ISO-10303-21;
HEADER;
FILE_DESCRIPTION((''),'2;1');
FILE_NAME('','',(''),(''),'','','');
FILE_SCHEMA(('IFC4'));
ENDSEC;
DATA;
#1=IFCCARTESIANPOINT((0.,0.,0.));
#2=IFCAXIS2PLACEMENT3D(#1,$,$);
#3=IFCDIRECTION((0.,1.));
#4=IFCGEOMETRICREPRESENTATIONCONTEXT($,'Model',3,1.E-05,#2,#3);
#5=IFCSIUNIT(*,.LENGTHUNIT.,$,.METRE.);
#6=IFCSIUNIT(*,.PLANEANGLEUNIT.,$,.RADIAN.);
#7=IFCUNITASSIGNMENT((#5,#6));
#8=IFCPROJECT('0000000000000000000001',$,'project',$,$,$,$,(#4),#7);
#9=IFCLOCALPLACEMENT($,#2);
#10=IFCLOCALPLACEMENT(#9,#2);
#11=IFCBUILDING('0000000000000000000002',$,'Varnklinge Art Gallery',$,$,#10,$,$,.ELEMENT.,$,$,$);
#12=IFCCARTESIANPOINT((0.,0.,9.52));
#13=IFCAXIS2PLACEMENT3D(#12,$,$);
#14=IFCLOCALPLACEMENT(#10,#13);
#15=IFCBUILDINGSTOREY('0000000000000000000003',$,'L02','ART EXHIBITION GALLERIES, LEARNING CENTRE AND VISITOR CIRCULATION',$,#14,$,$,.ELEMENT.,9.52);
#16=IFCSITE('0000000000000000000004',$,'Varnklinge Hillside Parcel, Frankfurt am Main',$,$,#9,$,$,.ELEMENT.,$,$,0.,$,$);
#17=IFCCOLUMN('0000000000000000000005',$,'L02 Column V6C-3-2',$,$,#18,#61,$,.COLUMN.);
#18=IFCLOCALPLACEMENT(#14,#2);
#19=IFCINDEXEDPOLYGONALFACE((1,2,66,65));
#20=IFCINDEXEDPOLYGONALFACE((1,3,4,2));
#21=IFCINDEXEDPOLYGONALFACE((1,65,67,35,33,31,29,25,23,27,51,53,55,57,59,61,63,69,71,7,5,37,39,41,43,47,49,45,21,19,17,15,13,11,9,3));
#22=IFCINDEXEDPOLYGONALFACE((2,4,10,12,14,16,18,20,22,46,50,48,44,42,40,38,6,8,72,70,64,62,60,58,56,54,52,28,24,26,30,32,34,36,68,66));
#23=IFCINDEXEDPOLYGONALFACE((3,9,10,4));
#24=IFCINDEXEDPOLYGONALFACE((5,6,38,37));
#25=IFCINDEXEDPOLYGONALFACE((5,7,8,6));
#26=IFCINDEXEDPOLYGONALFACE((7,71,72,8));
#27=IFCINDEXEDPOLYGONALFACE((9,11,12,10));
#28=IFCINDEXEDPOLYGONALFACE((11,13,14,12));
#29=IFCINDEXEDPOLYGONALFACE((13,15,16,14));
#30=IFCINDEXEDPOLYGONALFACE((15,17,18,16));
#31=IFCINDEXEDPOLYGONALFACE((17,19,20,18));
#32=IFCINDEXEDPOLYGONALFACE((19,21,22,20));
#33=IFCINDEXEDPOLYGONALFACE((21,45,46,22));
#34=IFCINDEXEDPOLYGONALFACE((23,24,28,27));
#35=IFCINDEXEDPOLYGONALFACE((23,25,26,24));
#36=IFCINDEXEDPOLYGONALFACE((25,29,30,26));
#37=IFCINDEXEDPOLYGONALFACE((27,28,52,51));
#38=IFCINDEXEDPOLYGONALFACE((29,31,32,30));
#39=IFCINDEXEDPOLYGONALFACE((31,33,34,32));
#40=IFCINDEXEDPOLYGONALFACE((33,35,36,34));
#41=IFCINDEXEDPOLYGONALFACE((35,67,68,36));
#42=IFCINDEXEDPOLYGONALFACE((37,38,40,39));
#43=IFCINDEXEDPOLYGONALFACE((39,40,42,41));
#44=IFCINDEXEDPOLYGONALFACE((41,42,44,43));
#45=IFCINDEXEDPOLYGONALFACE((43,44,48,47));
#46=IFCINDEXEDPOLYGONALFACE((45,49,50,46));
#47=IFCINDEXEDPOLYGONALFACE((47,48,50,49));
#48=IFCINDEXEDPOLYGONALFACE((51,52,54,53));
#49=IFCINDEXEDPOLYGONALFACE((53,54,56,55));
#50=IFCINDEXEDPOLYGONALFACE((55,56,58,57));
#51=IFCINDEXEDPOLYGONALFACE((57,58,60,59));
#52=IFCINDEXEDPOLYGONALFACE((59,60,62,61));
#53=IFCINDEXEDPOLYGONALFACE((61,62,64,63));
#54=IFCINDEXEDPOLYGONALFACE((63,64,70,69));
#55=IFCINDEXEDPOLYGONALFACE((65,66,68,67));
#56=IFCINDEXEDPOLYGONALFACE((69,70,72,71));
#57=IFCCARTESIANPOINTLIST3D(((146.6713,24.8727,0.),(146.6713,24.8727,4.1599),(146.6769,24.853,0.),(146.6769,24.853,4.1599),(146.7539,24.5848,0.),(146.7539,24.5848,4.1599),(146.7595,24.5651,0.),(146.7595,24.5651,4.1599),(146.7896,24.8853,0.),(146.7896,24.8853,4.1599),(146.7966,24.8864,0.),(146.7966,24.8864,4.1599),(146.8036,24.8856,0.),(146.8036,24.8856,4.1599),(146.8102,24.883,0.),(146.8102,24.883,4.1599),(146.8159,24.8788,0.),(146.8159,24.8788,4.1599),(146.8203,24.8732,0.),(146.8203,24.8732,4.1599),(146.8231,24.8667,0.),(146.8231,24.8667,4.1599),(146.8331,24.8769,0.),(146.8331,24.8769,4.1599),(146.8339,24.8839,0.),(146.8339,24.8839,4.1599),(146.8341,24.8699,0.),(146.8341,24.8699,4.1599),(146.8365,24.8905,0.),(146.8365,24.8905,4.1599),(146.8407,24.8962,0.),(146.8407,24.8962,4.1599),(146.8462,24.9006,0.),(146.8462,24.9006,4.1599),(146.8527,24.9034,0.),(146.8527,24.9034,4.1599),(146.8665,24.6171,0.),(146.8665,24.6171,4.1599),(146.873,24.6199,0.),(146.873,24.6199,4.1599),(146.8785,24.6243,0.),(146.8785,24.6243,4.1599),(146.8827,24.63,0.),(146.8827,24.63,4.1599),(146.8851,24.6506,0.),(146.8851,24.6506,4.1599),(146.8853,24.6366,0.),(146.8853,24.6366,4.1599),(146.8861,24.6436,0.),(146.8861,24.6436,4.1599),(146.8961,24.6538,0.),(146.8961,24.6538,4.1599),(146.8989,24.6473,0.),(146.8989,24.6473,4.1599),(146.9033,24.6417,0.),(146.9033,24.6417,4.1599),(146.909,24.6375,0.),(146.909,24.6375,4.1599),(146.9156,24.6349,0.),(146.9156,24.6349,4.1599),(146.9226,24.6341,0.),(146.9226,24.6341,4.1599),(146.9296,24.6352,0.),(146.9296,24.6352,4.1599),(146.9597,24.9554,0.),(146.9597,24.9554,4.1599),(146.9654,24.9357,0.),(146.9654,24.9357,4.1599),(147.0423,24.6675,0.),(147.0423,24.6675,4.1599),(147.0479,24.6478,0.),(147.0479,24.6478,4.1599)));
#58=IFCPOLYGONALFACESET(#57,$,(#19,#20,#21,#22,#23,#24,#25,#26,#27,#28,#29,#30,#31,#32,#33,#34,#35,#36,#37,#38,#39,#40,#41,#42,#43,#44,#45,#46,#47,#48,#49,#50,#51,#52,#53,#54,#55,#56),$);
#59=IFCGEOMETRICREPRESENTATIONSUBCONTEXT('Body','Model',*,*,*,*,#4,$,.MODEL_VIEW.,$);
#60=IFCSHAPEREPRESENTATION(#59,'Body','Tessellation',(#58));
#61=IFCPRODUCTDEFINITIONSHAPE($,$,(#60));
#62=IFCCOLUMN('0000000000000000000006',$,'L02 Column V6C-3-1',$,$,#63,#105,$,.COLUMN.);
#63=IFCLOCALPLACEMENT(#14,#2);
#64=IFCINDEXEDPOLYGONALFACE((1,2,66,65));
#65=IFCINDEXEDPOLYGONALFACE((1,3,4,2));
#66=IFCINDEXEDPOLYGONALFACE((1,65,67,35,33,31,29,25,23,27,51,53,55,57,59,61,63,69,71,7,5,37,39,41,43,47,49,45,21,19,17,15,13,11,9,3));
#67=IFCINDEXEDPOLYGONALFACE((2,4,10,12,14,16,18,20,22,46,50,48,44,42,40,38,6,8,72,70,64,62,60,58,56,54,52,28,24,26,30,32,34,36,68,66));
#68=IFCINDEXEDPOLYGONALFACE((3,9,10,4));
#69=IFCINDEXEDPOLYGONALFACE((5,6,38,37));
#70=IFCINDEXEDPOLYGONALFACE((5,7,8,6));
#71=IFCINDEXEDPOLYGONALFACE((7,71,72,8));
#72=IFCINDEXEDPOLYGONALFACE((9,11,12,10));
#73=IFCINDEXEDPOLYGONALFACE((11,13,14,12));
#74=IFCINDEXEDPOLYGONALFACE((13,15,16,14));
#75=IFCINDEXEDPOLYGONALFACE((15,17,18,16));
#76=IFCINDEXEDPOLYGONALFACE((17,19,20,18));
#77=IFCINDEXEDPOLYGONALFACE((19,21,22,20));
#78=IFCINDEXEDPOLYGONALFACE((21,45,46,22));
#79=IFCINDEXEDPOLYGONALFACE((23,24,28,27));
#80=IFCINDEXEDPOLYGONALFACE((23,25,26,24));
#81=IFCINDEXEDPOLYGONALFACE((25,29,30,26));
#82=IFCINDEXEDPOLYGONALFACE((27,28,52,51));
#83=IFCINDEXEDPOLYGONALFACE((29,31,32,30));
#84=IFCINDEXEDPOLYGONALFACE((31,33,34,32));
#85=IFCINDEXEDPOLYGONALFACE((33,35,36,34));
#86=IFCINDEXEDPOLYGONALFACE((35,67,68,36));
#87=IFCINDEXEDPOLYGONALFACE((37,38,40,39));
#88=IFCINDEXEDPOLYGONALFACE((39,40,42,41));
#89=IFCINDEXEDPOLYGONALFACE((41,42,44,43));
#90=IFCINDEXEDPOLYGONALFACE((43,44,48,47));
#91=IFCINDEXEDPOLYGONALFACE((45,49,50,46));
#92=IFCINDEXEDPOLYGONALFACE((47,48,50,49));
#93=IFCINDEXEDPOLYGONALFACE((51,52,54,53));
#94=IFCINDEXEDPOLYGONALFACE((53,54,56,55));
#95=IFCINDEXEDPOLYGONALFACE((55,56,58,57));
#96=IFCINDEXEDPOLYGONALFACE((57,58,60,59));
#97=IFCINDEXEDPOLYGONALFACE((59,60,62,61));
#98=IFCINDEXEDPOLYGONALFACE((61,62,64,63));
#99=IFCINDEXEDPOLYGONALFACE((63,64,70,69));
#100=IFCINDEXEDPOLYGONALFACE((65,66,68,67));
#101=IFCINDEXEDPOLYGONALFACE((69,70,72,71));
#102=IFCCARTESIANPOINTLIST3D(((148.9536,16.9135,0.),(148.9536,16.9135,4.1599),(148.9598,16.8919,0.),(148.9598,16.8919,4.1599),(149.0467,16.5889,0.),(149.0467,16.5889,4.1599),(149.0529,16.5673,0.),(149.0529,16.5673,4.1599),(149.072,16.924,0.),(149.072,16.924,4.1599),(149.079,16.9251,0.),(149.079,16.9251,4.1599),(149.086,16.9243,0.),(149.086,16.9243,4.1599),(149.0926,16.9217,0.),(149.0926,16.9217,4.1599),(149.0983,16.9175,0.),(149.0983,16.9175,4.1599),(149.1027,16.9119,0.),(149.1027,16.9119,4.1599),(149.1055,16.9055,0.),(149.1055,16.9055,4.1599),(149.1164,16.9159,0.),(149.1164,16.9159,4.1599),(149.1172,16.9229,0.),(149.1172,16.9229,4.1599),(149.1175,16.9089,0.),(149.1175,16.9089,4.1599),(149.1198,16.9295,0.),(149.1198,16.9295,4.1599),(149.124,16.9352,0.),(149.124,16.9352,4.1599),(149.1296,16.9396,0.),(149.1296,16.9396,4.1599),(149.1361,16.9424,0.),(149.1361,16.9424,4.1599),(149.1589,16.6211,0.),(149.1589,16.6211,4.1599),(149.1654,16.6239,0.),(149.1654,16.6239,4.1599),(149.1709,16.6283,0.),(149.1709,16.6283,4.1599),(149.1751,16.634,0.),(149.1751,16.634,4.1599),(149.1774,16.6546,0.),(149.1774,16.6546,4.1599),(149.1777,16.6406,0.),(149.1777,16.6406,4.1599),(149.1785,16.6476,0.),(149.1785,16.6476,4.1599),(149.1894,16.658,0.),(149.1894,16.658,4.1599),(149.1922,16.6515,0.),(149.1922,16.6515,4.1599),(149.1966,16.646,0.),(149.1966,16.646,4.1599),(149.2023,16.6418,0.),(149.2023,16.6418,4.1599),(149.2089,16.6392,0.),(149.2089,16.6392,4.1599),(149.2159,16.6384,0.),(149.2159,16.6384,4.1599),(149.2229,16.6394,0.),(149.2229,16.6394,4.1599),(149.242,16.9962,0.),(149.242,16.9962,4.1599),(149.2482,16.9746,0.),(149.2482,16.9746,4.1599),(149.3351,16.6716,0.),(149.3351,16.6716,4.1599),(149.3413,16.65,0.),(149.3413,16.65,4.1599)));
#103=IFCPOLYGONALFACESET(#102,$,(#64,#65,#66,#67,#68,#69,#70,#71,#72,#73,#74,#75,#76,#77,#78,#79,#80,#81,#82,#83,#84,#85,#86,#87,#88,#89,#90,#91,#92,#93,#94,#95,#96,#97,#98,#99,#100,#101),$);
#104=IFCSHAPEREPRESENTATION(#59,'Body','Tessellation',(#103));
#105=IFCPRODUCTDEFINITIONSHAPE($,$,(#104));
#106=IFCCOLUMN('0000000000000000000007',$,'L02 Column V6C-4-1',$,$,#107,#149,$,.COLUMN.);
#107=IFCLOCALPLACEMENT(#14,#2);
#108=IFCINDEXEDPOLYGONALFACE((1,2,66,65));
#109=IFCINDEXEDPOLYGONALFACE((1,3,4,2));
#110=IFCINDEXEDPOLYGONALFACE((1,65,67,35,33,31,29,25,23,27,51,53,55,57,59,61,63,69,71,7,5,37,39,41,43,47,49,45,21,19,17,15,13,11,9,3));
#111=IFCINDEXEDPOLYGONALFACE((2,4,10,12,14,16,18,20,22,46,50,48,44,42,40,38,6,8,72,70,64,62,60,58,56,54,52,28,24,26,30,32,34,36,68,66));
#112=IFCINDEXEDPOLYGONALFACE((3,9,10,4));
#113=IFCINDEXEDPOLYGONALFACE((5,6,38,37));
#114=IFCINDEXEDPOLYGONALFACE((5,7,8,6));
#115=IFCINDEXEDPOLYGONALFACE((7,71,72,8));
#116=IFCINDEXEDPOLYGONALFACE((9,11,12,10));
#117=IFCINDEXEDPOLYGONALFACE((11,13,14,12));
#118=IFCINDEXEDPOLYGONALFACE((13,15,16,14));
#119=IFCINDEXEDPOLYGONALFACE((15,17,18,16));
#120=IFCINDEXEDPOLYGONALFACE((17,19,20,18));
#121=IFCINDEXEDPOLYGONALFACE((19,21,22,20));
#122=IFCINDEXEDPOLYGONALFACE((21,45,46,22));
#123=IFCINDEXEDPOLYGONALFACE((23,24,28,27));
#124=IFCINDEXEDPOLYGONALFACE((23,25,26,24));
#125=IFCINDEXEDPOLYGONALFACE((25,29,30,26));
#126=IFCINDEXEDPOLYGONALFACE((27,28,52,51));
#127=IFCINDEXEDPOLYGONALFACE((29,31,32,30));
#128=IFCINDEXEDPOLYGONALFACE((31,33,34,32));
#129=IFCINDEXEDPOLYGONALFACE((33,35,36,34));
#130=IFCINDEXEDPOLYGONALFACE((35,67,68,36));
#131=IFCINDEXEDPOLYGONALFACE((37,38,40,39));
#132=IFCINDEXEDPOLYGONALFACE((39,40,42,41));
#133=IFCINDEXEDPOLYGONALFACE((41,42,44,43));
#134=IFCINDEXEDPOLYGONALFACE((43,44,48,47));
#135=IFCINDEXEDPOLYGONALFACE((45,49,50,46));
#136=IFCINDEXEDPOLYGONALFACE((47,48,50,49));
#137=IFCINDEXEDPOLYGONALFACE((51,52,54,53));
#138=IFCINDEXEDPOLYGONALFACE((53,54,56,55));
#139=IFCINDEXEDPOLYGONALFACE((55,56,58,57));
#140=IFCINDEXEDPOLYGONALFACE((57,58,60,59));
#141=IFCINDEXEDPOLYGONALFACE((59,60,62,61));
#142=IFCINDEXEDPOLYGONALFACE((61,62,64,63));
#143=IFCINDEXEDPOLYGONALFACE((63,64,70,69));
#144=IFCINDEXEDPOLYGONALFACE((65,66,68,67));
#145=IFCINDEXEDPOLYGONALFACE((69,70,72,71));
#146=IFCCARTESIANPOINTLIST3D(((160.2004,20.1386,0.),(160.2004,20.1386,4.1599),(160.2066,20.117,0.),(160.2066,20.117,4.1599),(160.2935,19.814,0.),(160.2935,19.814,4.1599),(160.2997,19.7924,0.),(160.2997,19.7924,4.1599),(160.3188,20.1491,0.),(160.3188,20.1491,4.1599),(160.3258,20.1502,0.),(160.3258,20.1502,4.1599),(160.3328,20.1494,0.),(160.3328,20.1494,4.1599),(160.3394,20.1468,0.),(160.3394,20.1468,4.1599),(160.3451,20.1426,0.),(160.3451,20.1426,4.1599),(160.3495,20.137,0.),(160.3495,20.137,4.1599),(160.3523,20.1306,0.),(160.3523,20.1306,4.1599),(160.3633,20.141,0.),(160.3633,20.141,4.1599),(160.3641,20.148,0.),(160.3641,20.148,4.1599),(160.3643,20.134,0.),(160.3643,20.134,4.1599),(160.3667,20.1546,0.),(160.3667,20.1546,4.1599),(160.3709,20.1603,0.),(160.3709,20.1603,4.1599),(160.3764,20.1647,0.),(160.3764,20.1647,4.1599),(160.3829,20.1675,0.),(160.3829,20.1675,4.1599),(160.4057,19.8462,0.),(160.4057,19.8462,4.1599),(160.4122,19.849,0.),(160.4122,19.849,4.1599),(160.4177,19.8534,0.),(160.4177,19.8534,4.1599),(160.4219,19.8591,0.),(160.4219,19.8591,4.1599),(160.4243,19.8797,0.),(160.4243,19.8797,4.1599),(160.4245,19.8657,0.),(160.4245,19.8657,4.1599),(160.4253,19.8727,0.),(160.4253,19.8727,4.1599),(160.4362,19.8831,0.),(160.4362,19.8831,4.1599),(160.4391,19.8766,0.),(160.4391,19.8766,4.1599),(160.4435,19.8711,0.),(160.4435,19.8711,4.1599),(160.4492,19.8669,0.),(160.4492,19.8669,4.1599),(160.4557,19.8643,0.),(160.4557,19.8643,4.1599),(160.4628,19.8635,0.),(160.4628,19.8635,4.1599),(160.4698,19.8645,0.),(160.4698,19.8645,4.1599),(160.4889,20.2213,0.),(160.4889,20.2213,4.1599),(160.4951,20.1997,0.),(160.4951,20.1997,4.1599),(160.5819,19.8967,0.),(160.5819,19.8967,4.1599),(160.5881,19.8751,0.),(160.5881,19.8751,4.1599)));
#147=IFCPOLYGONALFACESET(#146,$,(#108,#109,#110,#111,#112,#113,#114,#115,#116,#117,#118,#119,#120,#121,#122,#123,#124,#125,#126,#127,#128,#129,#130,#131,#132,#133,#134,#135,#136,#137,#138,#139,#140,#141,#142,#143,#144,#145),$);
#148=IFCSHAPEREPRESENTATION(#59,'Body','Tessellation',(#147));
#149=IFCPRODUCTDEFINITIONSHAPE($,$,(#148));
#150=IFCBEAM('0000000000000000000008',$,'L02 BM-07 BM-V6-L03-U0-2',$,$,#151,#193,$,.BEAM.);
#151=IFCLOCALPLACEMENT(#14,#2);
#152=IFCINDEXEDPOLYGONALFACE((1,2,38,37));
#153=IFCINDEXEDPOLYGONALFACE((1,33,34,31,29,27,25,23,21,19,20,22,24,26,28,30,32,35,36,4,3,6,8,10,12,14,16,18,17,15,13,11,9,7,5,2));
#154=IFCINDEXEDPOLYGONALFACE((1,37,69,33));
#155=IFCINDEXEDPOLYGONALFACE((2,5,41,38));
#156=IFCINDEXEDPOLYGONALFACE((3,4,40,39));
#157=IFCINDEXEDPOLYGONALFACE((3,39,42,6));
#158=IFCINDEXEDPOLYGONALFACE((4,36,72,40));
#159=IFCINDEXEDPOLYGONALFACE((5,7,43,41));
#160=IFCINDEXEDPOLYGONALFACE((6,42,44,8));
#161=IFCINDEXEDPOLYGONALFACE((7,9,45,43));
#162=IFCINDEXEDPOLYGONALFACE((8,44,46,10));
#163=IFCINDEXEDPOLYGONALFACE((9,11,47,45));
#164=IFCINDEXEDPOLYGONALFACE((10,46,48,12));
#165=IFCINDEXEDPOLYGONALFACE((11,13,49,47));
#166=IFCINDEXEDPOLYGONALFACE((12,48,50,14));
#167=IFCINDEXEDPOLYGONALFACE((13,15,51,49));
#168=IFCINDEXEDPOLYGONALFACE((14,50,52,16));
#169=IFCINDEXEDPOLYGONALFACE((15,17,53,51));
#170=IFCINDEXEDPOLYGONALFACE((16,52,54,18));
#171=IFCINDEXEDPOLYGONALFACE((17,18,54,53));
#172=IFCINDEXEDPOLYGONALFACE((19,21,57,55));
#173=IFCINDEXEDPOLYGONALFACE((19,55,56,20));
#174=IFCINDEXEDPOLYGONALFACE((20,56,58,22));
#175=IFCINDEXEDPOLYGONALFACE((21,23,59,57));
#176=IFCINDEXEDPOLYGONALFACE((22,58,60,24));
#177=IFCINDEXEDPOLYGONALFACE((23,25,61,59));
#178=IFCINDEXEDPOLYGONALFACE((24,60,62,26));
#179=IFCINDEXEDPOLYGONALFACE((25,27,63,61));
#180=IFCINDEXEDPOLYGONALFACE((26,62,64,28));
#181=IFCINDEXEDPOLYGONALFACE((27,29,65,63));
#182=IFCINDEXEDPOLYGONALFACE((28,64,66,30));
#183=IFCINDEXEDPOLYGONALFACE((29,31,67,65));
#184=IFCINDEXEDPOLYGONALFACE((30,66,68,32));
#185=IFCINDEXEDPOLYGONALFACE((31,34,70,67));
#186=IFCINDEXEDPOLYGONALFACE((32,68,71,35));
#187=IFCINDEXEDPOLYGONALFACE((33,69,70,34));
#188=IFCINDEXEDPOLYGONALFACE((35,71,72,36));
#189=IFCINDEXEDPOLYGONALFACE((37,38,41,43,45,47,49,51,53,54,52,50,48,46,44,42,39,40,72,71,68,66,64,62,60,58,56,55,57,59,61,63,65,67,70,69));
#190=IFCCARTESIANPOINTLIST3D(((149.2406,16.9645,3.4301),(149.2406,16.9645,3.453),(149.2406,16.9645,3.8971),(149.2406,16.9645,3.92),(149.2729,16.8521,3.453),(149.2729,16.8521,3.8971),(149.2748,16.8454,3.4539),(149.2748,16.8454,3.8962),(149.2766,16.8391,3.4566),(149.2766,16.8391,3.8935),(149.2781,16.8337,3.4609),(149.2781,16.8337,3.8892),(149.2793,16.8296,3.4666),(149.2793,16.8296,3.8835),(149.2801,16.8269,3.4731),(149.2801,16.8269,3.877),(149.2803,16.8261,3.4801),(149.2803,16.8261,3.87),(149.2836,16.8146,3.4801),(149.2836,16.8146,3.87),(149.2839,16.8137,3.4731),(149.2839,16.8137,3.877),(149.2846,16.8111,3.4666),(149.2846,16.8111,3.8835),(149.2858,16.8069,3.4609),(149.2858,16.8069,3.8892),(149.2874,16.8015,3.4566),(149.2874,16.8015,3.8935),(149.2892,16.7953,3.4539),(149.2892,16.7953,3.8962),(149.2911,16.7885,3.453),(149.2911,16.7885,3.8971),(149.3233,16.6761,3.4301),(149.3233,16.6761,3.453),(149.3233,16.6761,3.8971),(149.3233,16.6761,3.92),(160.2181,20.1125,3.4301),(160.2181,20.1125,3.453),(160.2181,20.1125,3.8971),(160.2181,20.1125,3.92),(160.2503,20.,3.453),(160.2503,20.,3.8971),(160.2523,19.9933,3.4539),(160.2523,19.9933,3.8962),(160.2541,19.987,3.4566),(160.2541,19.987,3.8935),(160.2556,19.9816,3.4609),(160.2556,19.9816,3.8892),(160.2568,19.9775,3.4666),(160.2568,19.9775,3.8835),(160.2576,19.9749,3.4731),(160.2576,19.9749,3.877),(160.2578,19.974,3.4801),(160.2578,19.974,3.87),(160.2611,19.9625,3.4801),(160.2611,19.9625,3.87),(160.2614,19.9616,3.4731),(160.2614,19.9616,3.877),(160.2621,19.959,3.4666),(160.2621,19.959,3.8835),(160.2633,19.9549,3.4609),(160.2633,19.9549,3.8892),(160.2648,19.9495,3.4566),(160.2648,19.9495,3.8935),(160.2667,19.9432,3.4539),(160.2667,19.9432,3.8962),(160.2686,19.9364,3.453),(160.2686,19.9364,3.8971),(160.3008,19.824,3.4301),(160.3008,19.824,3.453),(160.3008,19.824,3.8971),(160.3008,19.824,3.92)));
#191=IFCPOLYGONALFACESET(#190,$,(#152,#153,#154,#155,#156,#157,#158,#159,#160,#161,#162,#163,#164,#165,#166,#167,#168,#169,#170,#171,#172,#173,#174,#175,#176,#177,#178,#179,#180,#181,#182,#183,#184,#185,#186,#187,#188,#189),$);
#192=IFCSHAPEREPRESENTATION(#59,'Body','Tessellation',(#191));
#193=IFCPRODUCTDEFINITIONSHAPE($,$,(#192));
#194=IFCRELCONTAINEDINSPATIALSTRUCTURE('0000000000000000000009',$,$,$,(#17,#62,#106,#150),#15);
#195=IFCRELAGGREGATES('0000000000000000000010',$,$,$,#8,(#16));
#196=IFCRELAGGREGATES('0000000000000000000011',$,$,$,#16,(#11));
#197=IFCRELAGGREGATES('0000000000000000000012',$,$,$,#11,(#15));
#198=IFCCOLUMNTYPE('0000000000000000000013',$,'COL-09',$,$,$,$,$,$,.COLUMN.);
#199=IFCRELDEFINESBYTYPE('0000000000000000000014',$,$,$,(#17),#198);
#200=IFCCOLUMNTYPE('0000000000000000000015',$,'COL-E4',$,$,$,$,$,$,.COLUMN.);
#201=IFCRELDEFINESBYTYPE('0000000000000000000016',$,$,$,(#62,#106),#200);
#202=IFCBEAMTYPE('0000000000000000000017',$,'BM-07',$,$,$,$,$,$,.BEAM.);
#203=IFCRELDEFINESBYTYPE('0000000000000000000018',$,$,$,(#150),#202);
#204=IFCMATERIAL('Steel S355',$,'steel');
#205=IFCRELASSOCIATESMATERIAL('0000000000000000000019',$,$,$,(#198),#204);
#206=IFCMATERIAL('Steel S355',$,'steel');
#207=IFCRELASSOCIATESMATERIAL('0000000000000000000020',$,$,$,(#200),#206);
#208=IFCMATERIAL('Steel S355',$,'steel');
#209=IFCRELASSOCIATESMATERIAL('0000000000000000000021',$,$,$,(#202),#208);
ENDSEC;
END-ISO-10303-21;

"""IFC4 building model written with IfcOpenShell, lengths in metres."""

from ifc_helpers import new_model, si_unit, direction, frame, origin, origin_2d, place, context, subcontext, project, spatial, i_section, extrude, material, material_profile, profile_set, type_object, element, save


model = new_model("IFC4")

# Units and contexts
model_context = context("Model", 3, precision=1e-05, world=origin(), true_north=direction((0.0, 1.0)))
body_context = subcontext(model_context, "Body", "Model", "MODEL_VIEW")
ifc_project = project(units=[si_unit("LENGTHUNIT", "METRE"), si_unit("PLANEANGLEUNIT", "RADIAN")], contexts=[model_context])

# Site, building, storey
site_placement = place(None, origin())
site = spatial("IfcSite", under=ifc_project, at=site_placement, Name="Varnklinge Hillside Parcel, Frankfurt am Main", CompositionType="ELEMENT", RefElevation=0.0)
building_placement = place(site_placement, origin())
building = spatial("IfcBuilding", under=site, at=building_placement, Name="Varnklinge Art Gallery", CompositionType="ELEMENT")
storey_placement = place(building_placement, frame((0.0, 0.0, 9.52)))
storey = spatial("IfcBuildingStorey", under=building, at=storey_placement, Name="L02", Description="ART EXHIBITION GALLERIES, LEARNING CENTRE AND VISITOR CIRCULATION", CompositionType="ELEMENT", Elevation=9.52)

# Columns
ifc_material_1 = material(Name="Steel S355", Category="steel")
ifc_material_profile_1 = material_profile(ifc_material_1, i_section(OverallWidth=0.3, OverallDepth=0.3201, WebThickness=0.0115, FlangeThickness=0.0205, FilletRadius=0.0271, at=origin_2d()), Name="HEB 320")
ifc_profile_set_1 = profile_set([ifc_material_profile_1], Name="Steel S355")
column_type_1 = type_object("IfcColumnType", Name="COL-09", PredefinedType="COLUMN", material=ifc_profile_set_1)
column_placement = place(storey_placement, frame((146.8596, 24.7603, 0.0), z_axis=(0.0, 0.0, 1.0), x_axis=(0.961262, 0.275637, 0.0)))
element("IfcColumn", 1, at=column_placement, inside=storey, type_object=column_type_1, Name="L02 Column V6C-3-2", PredefinedType="COLUMN", context=body_context, shape_type="SweptSolid", body=[
    extrude(i_section(OverallWidth=0.3, OverallDepth=0.3201, WebThickness=0.0115, FlangeThickness=0.0205, FilletRadius=0.0271, at=origin_2d()), origin(), (0.0, 0.0, 1.0), 4.1599),
])
ifc_material_2 = material(Name="Steel S355", Category="steel")
ifc_material_profile_2 = material_profile(ifc_material_2, i_section(OverallWidth=0.3, OverallDepth=0.3601, WebThickness=0.0125, FlangeThickness=0.0225, FilletRadius=0.0271, at=origin_2d()), Name="HEB 360")
ifc_profile_set_2 = profile_set([ifc_material_profile_2], Name="Steel S355")
column_type_2 = type_object("IfcColumnType", Name="COL-E4", PredefinedType="COLUMN", material=ifc_profile_set_2)
for number, where, z_axis, x_axis, name in (
    (2, (149.1475, 16.7817, 0.0), (0.0, 0.0, 1.0), (0.961262, 0.275637, 0.0), "L02 Column V6C-3-1"),
    (3, (160.3943, 20.0068, 0.0), (0.0, 0.0, 1.0), (0.961262, 0.275637, 0.0), "L02 Column V6C-4-1"),
):
    element("IfcColumn", number, at=place(storey_placement, frame(where, z_axis=z_axis, x_axis=x_axis)), inside=storey, type_object=column_type_2, Name=name, PredefinedType="COLUMN", context=body_context, shape_type="SweptSolid", body=[
        extrude(i_section(OverallWidth=0.3, OverallDepth=0.3601, WebThickness=0.0125, FlangeThickness=0.0225, FilletRadius=0.0271, at=origin_2d()), origin(), (0.0, 0.0, 1.0), 4.1599),
    ])

# Beam
ifc_material_3 = material(Name="Steel S355", Category="steel")
ifc_material_profile_3 = material_profile(ifc_material_3, i_section(OverallWidth=0.3, OverallDepth=0.49, WebThickness=0.012, FlangeThickness=0.0229, FilletRadius=0.0271, at=origin_2d()), Name="HEA 500")
ifc_profile_set_3 = profile_set([ifc_material_profile_3], Name="Steel S355")
beam_type_1 = type_object("IfcBeamType", Name="BM-07", PredefinedType="BEAM", material=ifc_profile_set_3)
for number, where, z_axis, x_axis, name in (
    (4, (149.282, 16.8203, 3.675), (0.961257, 0.275653, 0.0), (-0.275653, 0.961257, 0.0), "L02 BM-07 BM-V6-L03-U0-2"),
):
    element("IfcBeam", number, at=place(storey_placement, frame(where, z_axis=z_axis, x_axis=x_axis)), inside=storey, type_object=beam_type_1, Name=name, PredefinedType="BEAM", context=body_context, shape_type="SweptSolid", body=[
        extrude(i_section(OverallWidth=0.3, OverallDepth=0.49, WebThickness=0.012, FlangeThickness=0.0229, FilletRadius=0.0271, at=origin_2d()), origin(), (0.0, 0.0, 1.0), 11.4199),
    ])

save(model, "model.ifc")
